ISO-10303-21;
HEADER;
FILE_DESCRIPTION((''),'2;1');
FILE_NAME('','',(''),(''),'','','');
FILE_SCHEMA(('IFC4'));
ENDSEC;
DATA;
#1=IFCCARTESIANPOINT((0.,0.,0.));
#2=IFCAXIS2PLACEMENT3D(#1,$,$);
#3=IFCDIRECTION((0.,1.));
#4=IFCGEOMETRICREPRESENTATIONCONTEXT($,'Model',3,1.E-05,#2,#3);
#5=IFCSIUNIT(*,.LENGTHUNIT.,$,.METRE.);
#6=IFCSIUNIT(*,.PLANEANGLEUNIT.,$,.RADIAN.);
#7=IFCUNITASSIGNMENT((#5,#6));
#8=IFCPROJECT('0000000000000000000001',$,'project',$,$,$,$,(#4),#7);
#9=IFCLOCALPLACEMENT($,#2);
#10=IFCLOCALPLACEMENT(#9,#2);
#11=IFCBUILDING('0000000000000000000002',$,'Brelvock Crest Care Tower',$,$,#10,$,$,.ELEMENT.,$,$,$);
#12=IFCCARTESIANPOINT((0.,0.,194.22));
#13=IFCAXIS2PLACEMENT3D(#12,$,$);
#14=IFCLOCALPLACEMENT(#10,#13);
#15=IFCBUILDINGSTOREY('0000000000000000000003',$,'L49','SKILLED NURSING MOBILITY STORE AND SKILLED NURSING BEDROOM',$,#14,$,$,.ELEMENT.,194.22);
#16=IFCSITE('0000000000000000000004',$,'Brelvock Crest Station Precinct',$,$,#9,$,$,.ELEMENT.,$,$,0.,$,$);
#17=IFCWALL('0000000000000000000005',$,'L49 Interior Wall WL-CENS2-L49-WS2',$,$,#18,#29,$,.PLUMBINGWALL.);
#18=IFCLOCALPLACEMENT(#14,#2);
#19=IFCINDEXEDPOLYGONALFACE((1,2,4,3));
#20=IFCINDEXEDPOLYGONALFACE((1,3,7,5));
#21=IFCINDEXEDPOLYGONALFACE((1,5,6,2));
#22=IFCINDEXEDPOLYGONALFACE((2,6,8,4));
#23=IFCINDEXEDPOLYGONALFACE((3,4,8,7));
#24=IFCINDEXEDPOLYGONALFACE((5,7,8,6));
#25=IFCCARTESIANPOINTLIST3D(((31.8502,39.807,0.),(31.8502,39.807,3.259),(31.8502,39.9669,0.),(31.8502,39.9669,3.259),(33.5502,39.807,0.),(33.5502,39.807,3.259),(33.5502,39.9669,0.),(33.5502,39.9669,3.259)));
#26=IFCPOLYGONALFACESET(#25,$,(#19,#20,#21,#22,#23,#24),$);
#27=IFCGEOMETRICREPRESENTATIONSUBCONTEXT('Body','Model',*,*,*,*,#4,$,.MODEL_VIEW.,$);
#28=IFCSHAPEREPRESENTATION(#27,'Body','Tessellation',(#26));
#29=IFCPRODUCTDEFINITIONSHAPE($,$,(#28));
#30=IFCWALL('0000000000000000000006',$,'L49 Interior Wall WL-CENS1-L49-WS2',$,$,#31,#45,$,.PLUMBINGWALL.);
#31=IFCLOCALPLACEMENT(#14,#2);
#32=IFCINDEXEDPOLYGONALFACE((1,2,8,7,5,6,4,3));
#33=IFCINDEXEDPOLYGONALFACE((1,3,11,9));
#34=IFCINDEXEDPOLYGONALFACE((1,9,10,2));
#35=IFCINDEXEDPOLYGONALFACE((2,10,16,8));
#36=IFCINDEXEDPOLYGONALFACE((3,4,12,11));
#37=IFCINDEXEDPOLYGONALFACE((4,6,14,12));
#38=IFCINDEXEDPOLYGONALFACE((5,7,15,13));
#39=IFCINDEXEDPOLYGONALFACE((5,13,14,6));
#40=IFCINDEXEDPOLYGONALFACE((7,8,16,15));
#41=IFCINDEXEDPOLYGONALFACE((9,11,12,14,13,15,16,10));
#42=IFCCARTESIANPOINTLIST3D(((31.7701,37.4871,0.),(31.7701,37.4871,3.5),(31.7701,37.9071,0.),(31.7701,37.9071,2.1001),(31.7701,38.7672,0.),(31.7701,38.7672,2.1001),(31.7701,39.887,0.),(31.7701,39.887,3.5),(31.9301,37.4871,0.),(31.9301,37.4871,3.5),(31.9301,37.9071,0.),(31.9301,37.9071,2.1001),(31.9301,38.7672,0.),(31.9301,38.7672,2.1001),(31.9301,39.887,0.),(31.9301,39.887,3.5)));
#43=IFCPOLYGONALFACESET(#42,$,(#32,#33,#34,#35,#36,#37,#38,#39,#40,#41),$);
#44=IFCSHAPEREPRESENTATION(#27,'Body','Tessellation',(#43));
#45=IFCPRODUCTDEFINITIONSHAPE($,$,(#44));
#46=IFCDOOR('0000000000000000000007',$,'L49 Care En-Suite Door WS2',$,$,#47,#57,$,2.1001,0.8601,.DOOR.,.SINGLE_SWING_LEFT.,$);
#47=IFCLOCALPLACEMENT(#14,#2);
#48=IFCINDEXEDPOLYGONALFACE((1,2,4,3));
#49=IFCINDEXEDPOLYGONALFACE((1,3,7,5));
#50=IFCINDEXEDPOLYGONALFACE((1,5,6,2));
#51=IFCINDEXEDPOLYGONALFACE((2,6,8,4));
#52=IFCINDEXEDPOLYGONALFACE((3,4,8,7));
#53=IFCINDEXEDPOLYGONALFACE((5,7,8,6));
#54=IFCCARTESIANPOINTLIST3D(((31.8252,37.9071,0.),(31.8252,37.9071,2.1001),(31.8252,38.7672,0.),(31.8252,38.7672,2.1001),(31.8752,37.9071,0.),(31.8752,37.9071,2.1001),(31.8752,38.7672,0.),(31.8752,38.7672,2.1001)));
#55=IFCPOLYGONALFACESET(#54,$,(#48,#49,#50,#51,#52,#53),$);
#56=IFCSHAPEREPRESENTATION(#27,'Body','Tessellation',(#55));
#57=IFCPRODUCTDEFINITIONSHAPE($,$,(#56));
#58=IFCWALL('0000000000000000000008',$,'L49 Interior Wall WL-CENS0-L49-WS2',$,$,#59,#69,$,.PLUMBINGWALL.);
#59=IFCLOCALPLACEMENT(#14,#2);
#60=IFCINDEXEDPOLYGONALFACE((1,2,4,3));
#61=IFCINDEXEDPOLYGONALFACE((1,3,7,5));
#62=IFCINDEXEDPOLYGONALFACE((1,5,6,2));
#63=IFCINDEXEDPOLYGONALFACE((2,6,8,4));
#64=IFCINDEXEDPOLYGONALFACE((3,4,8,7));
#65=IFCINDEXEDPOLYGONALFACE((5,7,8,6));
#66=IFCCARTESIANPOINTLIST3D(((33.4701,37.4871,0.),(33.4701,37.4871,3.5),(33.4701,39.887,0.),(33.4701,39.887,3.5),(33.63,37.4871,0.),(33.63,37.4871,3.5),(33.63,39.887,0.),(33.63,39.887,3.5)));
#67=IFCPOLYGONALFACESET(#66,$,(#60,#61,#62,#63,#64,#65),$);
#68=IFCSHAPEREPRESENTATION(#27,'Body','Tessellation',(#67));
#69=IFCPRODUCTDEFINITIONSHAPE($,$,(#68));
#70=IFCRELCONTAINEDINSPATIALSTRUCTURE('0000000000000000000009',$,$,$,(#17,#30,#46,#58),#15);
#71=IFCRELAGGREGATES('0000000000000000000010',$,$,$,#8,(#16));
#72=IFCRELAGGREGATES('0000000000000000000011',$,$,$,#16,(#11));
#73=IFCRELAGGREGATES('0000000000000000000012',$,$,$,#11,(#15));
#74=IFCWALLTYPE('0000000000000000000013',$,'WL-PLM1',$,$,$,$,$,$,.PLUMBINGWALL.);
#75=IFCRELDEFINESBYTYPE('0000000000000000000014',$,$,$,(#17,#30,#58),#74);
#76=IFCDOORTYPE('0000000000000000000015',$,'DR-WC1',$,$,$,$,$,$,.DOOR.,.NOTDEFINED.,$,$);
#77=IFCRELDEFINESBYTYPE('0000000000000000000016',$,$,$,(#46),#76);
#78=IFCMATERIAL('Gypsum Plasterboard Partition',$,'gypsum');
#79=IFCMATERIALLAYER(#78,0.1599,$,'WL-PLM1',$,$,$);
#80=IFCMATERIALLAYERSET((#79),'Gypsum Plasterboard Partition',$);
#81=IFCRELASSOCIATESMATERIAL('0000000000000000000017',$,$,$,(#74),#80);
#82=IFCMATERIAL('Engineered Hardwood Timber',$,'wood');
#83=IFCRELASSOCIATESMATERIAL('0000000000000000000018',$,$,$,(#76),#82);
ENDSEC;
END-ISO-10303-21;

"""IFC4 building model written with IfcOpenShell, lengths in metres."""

from ifc_helpers import new_model, si_unit, direction, frame, frame_2d, origin, origin_2d, place, context, subcontext, project, spatial, rectangle, extrude, source, transform, mapped, material, layer, layer_set, type_object, element, fill, save


model = new_model("IFC4")

# Units and contexts
model_context = context("Model", 3, precision=1e-05, world=origin(), true_north=direction((0.0, 1.0)))
body_context = subcontext(model_context, "Body", "Model", "MODEL_VIEW")
ifc_project = project(units=[si_unit("LENGTHUNIT", "METRE"), si_unit("PLANEANGLEUNIT", "RADIAN")], contexts=[model_context])

# Site, building, storey
site_placement = place(None, origin())
site = spatial("IfcSite", under=ifc_project, at=site_placement, Name="Brelvock Crest Station Precinct", CompositionType="ELEMENT", RefElevation=0.0)
building_placement = place(site_placement, origin())
building = spatial("IfcBuilding", under=site, at=building_placement, Name="Brelvock Crest Care Tower", CompositionType="ELEMENT")
storey_placement = place(building_placement, frame((0.0, 0.0, 194.22)))
storey = spatial("IfcBuildingStorey", under=building, at=storey_placement, Name="L49", Description="SKILLED NURSING MOBILITY STORE AND SKILLED NURSING BEDROOM", CompositionType="ELEMENT", Elevation=194.22)

# Shared definitions
ifc_material_1 = material(Name="Engineered Hardwood Timber", Category="wood")

# Wall
ifc_material_2 = material(Name="Gypsum Plasterboard Partition", Category="gypsum")
ifc_layer_1 = layer(ifc_material_2, 0.1599, Name="WL-PLM1")
ifc_layer_set_1 = layer_set([ifc_layer_1], Name="Gypsum Plasterboard Partition")
wall_type_1 = type_object("IfcWallType", Name="WL-PLM1", PredefinedType="PLUMBINGWALL", material=ifc_layer_set_1)
wall_1_placement = place(storey_placement, frame((31.8501, 39.887, 0.0), z_axis=(0.0, 0.0, 1.0), x_axis=(1.0, 0.0, 0.0)))
element("IfcWall", 1, at=wall_1_placement, inside=storey, type_object=wall_type_1, Name="L49 Interior Wall WL-CENS2-L49-WS2", PredefinedType="PLUMBINGWALL", context=body_context, shape_type="SweptSolid", body=[
    extrude(rectangle(XDim=1.7, YDim=0.1599, at=frame_2d((0.8501, 0.0))), origin(), (0.0, 0.0, 1.0), 3.259),
])

# Wall, opening, door
wall_2_placement = place(storey_placement, frame((31.8501, 37.4871, 0.0), z_axis=(0.0, 0.0, 1.0), x_axis=(0.0, 1.0, 0.0)))
wall_2 = element("IfcWall", 2, at=wall_2_placement, inside=storey, type_object=wall_type_1, Name="L49 Interior Wall WL-CENS1-L49-WS2", PredefinedType="PLUMBINGWALL", context=body_context, shape_type="SweptSolid", body=[
    extrude(rectangle(XDim=2.3999, YDim=0.1599, at=frame_2d((1.2, 0.0))), origin(), (0.0, 0.0, 1.0), 3.5),
])
opening_1_placement = place(wall_2_placement, frame((0.4199, 0.0, 0.0)))
opening_1 = element("IfcOpeningElement", 3, at=opening_1_placement, cuts=wall_2, PredefinedType="OPENING", context=body_context, shape_type="SweptSolid", body=[
    extrude(rectangle(XDim=0.8601, YDim=2.1001, at=origin_2d()), frame((0.4302, 0.0898, 1.05), z_axis=(0.0, -1.0, 0.0), x_axis=(1.0, 0.0, 0.0)), (0.0, 0.0, 1.0), 0.1799),
])
door_type_1 = type_object("IfcDoorType", Name="DR-WC1", OperationType="NOTDEFINED", PredefinedType="DOOR", material=ifc_material_1)
shared_shape_1 = source(origin(), body_context, "Body", "SweptSolid", [
    extrude(rectangle(XDim=0.8601, YDim=2.1001, at=origin_2d()), frame((0.4302, 0.0249, 1.05), z_axis=(0.0, -1.0, 0.0), x_axis=(1.0, 0.0, 0.0)), (0.0, 0.0, 1.0), 0.05),
])
door_1_placement = place(opening_1_placement, origin())
door_1 = element("IfcDoor", 4, at=door_1_placement, inside=storey, type_object=door_type_1, Name="L49 Care En-Suite Door WS2", OperationType="SINGLE_SWING_LEFT", OverallHeight=2.1001, OverallWidth=0.8601, PredefinedType="DOOR", context=body_context, shape_type="MappedRepresentation", body=[
    mapped(shared_shape_1, transform((0.0, 0.0, 0.0), x_axis=(1.0, 0.0, 0.0), y_axis=(0.0, 1.0, 0.0), z_axis=(0.0, 0.0, 1.0), scale=1.0)),
])
fill(opening_1, door_1)

# Wall
wall_3_placement = place(storey_placement, frame((33.55, 37.4871, 0.0), z_axis=(0.0, 0.0, 1.0), x_axis=(0.0, 1.0, 0.0)))
element("IfcWall", 5, at=wall_3_placement, inside=storey, type_object=wall_type_1, Name="L49 Interior Wall WL-CENS0-L49-WS2", PredefinedType="PLUMBINGWALL", context=body_context, shape_type="SweptSolid", body=[
    extrude(rectangle(XDim=2.3999, YDim=0.1599, at=frame_2d((1.2, 0.0))), origin(), (0.0, 0.0, 1.0), 3.5),
])

save(model, "model.ifc")
